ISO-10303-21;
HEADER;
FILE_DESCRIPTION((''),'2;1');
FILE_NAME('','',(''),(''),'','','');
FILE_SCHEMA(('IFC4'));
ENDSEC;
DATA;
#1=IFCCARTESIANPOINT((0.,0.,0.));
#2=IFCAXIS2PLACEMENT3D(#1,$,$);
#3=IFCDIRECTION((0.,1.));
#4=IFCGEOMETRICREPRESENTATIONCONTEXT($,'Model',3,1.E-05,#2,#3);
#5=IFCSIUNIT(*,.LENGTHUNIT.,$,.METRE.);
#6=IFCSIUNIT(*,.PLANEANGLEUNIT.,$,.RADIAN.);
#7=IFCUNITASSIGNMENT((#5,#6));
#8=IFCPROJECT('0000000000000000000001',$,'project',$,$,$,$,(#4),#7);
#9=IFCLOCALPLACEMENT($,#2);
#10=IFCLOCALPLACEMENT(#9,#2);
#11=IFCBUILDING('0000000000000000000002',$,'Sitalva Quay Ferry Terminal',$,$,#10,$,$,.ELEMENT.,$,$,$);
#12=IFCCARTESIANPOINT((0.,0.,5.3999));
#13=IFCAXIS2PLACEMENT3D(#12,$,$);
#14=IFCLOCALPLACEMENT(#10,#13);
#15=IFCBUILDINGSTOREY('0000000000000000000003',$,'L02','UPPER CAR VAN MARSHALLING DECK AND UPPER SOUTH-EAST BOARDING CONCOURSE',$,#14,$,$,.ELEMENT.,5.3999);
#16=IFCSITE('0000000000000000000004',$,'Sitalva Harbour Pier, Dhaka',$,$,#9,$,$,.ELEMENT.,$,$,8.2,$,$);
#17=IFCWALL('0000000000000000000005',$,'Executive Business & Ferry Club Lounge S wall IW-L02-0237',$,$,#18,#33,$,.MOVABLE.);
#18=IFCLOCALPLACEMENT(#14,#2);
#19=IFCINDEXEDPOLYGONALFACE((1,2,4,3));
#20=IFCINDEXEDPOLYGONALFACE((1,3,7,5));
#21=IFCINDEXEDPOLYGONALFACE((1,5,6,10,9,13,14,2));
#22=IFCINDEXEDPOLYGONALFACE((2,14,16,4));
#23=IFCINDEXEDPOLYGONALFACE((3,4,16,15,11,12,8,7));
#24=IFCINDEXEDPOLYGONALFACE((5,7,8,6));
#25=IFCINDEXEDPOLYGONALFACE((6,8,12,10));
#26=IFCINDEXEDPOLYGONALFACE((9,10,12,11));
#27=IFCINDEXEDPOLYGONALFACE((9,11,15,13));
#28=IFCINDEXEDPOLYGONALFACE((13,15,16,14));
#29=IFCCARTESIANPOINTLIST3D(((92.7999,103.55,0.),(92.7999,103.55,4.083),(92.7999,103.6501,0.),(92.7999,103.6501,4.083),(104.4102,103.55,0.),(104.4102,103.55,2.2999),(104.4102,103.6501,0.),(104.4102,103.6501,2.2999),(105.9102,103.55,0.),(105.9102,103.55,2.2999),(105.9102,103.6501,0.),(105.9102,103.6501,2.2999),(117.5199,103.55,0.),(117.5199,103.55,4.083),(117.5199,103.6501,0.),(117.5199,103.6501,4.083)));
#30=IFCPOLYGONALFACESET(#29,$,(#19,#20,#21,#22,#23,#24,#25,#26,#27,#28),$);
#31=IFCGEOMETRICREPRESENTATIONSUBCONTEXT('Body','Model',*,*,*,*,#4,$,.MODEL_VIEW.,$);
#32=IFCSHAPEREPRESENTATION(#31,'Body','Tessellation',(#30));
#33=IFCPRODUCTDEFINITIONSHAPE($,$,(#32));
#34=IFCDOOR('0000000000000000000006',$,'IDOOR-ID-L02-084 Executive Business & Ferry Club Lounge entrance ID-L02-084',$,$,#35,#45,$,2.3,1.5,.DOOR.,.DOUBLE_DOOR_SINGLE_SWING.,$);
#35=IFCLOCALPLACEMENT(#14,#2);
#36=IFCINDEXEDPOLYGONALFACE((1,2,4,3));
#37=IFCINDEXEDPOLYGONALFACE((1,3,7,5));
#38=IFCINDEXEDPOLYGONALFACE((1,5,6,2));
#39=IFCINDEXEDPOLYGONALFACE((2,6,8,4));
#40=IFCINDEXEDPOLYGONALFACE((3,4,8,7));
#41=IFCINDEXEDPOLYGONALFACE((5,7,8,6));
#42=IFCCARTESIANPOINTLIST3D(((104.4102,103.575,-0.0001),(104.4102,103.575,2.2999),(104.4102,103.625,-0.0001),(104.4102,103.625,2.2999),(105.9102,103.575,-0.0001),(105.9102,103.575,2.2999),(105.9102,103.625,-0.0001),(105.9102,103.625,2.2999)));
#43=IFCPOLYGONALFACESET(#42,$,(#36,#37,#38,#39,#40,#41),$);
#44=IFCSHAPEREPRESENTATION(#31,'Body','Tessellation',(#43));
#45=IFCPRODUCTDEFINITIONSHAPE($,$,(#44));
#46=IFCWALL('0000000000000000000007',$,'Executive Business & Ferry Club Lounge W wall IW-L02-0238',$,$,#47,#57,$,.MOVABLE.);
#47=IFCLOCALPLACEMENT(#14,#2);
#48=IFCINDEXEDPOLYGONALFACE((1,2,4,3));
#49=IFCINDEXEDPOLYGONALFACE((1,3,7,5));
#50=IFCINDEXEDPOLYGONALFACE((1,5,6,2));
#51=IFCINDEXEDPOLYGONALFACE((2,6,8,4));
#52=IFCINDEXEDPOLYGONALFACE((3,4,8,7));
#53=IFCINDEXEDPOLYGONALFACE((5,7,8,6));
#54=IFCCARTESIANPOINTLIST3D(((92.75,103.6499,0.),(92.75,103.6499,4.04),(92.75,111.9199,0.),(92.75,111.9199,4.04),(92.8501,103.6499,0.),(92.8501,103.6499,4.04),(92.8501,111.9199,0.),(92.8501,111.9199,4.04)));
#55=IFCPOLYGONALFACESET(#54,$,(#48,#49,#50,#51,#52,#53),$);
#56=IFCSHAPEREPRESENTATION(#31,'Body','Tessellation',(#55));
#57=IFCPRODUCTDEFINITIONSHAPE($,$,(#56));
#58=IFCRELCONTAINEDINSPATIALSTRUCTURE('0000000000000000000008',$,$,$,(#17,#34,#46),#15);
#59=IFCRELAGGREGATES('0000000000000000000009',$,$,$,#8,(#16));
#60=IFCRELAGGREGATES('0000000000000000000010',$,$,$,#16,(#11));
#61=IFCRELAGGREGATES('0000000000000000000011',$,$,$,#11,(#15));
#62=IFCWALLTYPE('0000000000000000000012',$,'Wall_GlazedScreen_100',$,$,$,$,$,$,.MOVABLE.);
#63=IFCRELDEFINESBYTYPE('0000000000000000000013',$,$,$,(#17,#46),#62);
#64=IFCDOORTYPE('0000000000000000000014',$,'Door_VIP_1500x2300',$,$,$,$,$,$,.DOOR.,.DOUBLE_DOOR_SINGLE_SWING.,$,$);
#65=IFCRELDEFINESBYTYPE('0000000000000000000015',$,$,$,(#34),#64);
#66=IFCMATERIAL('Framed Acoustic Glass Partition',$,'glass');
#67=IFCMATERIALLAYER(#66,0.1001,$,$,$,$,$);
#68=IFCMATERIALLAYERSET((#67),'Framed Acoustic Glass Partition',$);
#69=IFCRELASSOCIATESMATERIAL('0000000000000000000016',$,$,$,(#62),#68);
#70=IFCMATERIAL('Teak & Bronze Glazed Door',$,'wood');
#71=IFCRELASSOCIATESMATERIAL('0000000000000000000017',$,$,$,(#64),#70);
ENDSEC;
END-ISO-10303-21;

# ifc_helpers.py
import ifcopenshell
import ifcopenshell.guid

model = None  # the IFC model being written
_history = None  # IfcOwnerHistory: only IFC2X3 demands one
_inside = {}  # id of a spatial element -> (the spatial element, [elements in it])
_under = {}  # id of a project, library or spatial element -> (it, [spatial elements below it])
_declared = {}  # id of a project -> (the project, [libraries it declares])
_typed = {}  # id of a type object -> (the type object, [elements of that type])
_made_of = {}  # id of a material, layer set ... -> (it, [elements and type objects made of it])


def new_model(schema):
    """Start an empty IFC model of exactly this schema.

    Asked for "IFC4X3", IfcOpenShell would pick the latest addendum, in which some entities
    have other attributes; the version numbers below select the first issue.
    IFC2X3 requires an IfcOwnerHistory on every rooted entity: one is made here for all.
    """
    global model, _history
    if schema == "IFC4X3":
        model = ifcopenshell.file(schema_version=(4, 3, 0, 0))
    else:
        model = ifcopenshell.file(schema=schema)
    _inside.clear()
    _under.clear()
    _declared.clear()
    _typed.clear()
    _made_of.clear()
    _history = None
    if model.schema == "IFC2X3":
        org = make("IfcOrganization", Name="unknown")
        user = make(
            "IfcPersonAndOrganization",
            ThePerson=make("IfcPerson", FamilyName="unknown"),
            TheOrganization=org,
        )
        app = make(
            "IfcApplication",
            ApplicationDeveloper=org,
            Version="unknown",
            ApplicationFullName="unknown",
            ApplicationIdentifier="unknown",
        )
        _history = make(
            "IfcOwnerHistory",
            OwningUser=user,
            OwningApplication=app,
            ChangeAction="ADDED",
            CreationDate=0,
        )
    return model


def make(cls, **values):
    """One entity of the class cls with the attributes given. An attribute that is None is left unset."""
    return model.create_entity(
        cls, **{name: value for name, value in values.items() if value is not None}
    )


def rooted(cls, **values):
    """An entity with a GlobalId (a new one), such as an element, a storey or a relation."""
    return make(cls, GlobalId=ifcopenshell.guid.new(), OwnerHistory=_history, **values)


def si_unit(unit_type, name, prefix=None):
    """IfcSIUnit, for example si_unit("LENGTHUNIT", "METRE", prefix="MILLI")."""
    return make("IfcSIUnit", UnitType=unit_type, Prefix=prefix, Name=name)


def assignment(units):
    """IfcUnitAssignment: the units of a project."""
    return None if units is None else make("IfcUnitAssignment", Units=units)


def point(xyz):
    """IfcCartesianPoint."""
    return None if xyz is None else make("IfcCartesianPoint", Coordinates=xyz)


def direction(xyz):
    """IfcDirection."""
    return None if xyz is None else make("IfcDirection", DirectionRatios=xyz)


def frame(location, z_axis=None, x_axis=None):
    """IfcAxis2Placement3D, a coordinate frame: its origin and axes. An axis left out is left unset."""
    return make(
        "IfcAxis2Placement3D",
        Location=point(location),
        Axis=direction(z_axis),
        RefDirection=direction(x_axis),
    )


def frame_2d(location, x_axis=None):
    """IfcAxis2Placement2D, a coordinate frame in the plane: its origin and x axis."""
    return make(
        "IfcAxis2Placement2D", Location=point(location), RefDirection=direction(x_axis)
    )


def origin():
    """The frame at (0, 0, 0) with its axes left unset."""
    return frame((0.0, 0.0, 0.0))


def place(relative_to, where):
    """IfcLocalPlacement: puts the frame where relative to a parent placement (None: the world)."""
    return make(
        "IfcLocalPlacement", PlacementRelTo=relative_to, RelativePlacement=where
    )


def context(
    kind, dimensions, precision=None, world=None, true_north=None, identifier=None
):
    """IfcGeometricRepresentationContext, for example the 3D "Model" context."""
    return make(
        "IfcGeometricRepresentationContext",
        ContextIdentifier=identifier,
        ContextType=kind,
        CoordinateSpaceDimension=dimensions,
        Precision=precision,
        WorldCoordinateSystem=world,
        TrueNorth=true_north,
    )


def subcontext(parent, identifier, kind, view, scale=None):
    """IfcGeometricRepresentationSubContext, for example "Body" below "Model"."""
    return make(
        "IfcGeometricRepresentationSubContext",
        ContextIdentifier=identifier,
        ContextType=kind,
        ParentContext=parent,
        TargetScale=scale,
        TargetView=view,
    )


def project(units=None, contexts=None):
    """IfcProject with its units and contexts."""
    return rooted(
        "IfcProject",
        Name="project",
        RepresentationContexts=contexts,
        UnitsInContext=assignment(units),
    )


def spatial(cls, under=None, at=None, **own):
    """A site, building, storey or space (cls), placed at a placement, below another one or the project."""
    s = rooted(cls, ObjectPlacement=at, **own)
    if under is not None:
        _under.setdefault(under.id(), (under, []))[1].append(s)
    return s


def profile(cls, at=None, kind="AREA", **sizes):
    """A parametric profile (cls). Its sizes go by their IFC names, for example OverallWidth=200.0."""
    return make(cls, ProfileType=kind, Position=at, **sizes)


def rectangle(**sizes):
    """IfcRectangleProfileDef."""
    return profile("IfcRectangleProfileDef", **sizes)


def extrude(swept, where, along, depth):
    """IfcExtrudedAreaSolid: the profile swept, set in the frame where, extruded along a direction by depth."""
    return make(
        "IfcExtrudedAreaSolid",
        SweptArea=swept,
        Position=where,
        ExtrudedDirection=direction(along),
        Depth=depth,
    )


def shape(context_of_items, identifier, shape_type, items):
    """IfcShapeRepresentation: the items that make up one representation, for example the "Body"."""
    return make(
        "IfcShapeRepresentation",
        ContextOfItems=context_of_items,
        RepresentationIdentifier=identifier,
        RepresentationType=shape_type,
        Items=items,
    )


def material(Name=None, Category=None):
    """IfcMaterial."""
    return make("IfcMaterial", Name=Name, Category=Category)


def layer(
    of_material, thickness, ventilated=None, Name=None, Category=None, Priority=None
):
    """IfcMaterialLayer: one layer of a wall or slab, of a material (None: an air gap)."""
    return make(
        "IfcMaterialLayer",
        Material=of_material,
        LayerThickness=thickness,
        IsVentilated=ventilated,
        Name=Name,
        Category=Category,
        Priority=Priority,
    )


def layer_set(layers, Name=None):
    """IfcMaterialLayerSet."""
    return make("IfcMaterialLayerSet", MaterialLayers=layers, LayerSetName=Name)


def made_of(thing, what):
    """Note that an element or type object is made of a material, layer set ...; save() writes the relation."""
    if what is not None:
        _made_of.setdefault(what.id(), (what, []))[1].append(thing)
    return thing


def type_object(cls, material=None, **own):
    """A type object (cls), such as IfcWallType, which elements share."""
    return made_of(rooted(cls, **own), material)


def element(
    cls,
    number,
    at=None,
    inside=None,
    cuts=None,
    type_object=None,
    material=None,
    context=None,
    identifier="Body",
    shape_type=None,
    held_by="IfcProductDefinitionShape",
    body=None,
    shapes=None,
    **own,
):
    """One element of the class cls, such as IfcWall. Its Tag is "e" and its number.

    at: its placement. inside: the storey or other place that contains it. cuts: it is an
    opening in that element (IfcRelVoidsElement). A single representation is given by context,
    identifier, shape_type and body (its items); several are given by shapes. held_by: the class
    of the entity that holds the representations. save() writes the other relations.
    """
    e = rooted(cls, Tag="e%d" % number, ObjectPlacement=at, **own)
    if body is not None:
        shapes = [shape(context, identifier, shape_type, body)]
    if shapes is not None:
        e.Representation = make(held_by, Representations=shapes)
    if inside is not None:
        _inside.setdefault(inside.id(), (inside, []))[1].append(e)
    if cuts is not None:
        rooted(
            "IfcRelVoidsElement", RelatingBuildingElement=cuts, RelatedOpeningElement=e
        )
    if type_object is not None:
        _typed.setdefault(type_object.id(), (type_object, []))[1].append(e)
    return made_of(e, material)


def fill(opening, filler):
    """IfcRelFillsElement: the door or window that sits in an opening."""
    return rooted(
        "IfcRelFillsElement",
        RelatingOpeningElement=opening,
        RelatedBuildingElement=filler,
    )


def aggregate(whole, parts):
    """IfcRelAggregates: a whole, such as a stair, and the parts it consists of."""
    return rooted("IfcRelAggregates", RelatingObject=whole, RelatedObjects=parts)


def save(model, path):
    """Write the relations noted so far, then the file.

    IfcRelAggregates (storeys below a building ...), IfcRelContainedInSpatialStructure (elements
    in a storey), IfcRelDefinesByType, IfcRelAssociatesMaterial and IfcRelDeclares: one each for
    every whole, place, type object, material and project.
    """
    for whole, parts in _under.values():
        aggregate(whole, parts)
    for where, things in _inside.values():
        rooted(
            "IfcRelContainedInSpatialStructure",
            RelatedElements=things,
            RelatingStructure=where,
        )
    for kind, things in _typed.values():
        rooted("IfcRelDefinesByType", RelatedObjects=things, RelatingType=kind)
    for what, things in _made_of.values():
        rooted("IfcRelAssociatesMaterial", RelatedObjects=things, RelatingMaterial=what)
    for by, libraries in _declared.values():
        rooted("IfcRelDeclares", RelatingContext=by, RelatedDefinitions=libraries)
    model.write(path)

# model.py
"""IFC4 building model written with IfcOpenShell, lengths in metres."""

from ifc_helpers import new_model, si_unit, direction, frame, frame_2d, origin, place, context, subcontext, project, spatial, rectangle, extrude, material, layer, layer_set, type_object, element, fill, save


model = new_model("IFC4")

# Units and contexts
model_context = context("Model", 3, precision=1e-05, world=origin(), true_north=direction((0.0, 1.0)))
body_context = subcontext(model_context, "Body", "Model", "MODEL_VIEW")
ifc_project = project(units=[si_unit("LENGTHUNIT", "METRE"), si_unit("PLANEANGLEUNIT", "RADIAN")], contexts=[model_context])

# Site, building, storey
site_placement = place(None, origin())
site = spatial("IfcSite", under=ifc_project, at=site_placement, Name="Sitalva Harbour Pier, Dhaka", CompositionType="ELEMENT", RefElevation=8.2)
building_placement = place(site_placement, origin())
building = spatial("IfcBuilding", under=site, at=building_placement, Name="Sitalva Quay Ferry Terminal", CompositionType="ELEMENT")
storey_placement = place(building_placement, frame((0.0, 0.0, 5.3999)))
storey = spatial("IfcBuildingStorey", under=building, at=storey_placement, Name="L02", Description="UPPER CAR VAN MARSHALLING DECK AND UPPER SOUTH-EAST BOARDING CONCOURSE", CompositionType="ELEMENT", Elevation=5.3999)

# Wall, opening, door
ifc_material_1 = material(Name="Framed Acoustic Glass Partition", Category="glass")
ifc_layer_1 = layer(ifc_material_1, 0.1001)
ifc_layer_set_1 = layer_set([ifc_layer_1], Name="Framed Acoustic Glass Partition")
wall_type = type_object("IfcWallType", Name="Wall_GlazedScreen_100", PredefinedType="MOVABLE", material=ifc_layer_set_1)
wall_1_placement = place(storey_placement, frame((92.8, 103.6001, 0.0), z_axis=(0.0, 0.0, 1.0), x_axis=(1.0, 0.0, 0.0)))
wall_1 = element("IfcWall", 1, at=wall_1_placement, inside=storey, type_object=wall_type, Name="Executive Business & Ferry Club Lounge S wall IW-L02-0237", PredefinedType="MOVABLE", context=body_context, shape_type="SweptSolid", body=[
    extrude(rectangle(XDim=24.72, YDim=0.1001, at=frame_2d((12.3599, 0.0))), origin(), (0.0, 0.0, 1.0), 4.083),
])
opening_placement = place(wall_1_placement, frame((11.6101, 0.0, 0.0)))
opening = element("IfcOpeningElement", 2, at=opening_placement, cuts=wall_1, PredefinedType="OPENING", context=body_context, shape_type="SweptSolid", body=[
    extrude(rectangle(XDim=1.5, YDim=2.3, at=frame_2d((0.75, 1.1499))), frame((0.0, 0.0601, 0.0), z_axis=(0.0, -1.0, 0.0), x_axis=(1.0, 0.0, 0.0)), (0.0, 0.0, 1.0), 0.1201),
])
ifc_material_2 = material(Name="Teak & Bronze Glazed Door", Category="wood")
door_type = type_object("IfcDoorType", Name="Door_VIP_1500x2300", OperationType="DOUBLE_DOOR_SINGLE_SWING", PredefinedType="DOOR", material=ifc_material_2)
door_placement = place(opening_placement, origin())
door = element("IfcDoor", 3, at=door_placement, inside=storey, type_object=door_type, Name="IDOOR-ID-L02-084 Executive Business & Ferry Club Lounge entrance ID-L02-084", OperationType="DOUBLE_DOOR_SINGLE_SWING", OverallHeight=2.3, OverallWidth=1.5, PredefinedType="DOOR", context=body_context, shape_type="SweptSolid", body=[
    extrude(rectangle(XDim=1.5, YDim=2.3, at=frame_2d((0.75, 1.1499))), frame((0.0, 0.0249, 0.0), z_axis=(0.0, -1.0, 0.0), x_axis=(1.0, 0.0, 0.0)), (0.0, 0.0, 1.0), 0.05),
])
fill(opening, door)

# Wall
wall_2_placement = place(storey_placement, frame((92.8, 103.6499, 0.0), z_axis=(0.0, 0.0, 1.0), x_axis=(0.0, 1.0, 0.0)))
element("IfcWall", 4, at=wall_2_placement, inside=storey, type_object=wall_type, Name="Executive Business & Ferry Club Lounge W wall IW-L02-0238", PredefinedType="MOVABLE", context=body_context, shape_type="SweptSolid", body=[
    extrude(rectangle(XDim=8.27, YDim=0.1001, at=frame_2d((4.135, 0.0))), origin(), (0.0, 0.0, 1.0), 4.04),
])

save(model, "model.ifc")
